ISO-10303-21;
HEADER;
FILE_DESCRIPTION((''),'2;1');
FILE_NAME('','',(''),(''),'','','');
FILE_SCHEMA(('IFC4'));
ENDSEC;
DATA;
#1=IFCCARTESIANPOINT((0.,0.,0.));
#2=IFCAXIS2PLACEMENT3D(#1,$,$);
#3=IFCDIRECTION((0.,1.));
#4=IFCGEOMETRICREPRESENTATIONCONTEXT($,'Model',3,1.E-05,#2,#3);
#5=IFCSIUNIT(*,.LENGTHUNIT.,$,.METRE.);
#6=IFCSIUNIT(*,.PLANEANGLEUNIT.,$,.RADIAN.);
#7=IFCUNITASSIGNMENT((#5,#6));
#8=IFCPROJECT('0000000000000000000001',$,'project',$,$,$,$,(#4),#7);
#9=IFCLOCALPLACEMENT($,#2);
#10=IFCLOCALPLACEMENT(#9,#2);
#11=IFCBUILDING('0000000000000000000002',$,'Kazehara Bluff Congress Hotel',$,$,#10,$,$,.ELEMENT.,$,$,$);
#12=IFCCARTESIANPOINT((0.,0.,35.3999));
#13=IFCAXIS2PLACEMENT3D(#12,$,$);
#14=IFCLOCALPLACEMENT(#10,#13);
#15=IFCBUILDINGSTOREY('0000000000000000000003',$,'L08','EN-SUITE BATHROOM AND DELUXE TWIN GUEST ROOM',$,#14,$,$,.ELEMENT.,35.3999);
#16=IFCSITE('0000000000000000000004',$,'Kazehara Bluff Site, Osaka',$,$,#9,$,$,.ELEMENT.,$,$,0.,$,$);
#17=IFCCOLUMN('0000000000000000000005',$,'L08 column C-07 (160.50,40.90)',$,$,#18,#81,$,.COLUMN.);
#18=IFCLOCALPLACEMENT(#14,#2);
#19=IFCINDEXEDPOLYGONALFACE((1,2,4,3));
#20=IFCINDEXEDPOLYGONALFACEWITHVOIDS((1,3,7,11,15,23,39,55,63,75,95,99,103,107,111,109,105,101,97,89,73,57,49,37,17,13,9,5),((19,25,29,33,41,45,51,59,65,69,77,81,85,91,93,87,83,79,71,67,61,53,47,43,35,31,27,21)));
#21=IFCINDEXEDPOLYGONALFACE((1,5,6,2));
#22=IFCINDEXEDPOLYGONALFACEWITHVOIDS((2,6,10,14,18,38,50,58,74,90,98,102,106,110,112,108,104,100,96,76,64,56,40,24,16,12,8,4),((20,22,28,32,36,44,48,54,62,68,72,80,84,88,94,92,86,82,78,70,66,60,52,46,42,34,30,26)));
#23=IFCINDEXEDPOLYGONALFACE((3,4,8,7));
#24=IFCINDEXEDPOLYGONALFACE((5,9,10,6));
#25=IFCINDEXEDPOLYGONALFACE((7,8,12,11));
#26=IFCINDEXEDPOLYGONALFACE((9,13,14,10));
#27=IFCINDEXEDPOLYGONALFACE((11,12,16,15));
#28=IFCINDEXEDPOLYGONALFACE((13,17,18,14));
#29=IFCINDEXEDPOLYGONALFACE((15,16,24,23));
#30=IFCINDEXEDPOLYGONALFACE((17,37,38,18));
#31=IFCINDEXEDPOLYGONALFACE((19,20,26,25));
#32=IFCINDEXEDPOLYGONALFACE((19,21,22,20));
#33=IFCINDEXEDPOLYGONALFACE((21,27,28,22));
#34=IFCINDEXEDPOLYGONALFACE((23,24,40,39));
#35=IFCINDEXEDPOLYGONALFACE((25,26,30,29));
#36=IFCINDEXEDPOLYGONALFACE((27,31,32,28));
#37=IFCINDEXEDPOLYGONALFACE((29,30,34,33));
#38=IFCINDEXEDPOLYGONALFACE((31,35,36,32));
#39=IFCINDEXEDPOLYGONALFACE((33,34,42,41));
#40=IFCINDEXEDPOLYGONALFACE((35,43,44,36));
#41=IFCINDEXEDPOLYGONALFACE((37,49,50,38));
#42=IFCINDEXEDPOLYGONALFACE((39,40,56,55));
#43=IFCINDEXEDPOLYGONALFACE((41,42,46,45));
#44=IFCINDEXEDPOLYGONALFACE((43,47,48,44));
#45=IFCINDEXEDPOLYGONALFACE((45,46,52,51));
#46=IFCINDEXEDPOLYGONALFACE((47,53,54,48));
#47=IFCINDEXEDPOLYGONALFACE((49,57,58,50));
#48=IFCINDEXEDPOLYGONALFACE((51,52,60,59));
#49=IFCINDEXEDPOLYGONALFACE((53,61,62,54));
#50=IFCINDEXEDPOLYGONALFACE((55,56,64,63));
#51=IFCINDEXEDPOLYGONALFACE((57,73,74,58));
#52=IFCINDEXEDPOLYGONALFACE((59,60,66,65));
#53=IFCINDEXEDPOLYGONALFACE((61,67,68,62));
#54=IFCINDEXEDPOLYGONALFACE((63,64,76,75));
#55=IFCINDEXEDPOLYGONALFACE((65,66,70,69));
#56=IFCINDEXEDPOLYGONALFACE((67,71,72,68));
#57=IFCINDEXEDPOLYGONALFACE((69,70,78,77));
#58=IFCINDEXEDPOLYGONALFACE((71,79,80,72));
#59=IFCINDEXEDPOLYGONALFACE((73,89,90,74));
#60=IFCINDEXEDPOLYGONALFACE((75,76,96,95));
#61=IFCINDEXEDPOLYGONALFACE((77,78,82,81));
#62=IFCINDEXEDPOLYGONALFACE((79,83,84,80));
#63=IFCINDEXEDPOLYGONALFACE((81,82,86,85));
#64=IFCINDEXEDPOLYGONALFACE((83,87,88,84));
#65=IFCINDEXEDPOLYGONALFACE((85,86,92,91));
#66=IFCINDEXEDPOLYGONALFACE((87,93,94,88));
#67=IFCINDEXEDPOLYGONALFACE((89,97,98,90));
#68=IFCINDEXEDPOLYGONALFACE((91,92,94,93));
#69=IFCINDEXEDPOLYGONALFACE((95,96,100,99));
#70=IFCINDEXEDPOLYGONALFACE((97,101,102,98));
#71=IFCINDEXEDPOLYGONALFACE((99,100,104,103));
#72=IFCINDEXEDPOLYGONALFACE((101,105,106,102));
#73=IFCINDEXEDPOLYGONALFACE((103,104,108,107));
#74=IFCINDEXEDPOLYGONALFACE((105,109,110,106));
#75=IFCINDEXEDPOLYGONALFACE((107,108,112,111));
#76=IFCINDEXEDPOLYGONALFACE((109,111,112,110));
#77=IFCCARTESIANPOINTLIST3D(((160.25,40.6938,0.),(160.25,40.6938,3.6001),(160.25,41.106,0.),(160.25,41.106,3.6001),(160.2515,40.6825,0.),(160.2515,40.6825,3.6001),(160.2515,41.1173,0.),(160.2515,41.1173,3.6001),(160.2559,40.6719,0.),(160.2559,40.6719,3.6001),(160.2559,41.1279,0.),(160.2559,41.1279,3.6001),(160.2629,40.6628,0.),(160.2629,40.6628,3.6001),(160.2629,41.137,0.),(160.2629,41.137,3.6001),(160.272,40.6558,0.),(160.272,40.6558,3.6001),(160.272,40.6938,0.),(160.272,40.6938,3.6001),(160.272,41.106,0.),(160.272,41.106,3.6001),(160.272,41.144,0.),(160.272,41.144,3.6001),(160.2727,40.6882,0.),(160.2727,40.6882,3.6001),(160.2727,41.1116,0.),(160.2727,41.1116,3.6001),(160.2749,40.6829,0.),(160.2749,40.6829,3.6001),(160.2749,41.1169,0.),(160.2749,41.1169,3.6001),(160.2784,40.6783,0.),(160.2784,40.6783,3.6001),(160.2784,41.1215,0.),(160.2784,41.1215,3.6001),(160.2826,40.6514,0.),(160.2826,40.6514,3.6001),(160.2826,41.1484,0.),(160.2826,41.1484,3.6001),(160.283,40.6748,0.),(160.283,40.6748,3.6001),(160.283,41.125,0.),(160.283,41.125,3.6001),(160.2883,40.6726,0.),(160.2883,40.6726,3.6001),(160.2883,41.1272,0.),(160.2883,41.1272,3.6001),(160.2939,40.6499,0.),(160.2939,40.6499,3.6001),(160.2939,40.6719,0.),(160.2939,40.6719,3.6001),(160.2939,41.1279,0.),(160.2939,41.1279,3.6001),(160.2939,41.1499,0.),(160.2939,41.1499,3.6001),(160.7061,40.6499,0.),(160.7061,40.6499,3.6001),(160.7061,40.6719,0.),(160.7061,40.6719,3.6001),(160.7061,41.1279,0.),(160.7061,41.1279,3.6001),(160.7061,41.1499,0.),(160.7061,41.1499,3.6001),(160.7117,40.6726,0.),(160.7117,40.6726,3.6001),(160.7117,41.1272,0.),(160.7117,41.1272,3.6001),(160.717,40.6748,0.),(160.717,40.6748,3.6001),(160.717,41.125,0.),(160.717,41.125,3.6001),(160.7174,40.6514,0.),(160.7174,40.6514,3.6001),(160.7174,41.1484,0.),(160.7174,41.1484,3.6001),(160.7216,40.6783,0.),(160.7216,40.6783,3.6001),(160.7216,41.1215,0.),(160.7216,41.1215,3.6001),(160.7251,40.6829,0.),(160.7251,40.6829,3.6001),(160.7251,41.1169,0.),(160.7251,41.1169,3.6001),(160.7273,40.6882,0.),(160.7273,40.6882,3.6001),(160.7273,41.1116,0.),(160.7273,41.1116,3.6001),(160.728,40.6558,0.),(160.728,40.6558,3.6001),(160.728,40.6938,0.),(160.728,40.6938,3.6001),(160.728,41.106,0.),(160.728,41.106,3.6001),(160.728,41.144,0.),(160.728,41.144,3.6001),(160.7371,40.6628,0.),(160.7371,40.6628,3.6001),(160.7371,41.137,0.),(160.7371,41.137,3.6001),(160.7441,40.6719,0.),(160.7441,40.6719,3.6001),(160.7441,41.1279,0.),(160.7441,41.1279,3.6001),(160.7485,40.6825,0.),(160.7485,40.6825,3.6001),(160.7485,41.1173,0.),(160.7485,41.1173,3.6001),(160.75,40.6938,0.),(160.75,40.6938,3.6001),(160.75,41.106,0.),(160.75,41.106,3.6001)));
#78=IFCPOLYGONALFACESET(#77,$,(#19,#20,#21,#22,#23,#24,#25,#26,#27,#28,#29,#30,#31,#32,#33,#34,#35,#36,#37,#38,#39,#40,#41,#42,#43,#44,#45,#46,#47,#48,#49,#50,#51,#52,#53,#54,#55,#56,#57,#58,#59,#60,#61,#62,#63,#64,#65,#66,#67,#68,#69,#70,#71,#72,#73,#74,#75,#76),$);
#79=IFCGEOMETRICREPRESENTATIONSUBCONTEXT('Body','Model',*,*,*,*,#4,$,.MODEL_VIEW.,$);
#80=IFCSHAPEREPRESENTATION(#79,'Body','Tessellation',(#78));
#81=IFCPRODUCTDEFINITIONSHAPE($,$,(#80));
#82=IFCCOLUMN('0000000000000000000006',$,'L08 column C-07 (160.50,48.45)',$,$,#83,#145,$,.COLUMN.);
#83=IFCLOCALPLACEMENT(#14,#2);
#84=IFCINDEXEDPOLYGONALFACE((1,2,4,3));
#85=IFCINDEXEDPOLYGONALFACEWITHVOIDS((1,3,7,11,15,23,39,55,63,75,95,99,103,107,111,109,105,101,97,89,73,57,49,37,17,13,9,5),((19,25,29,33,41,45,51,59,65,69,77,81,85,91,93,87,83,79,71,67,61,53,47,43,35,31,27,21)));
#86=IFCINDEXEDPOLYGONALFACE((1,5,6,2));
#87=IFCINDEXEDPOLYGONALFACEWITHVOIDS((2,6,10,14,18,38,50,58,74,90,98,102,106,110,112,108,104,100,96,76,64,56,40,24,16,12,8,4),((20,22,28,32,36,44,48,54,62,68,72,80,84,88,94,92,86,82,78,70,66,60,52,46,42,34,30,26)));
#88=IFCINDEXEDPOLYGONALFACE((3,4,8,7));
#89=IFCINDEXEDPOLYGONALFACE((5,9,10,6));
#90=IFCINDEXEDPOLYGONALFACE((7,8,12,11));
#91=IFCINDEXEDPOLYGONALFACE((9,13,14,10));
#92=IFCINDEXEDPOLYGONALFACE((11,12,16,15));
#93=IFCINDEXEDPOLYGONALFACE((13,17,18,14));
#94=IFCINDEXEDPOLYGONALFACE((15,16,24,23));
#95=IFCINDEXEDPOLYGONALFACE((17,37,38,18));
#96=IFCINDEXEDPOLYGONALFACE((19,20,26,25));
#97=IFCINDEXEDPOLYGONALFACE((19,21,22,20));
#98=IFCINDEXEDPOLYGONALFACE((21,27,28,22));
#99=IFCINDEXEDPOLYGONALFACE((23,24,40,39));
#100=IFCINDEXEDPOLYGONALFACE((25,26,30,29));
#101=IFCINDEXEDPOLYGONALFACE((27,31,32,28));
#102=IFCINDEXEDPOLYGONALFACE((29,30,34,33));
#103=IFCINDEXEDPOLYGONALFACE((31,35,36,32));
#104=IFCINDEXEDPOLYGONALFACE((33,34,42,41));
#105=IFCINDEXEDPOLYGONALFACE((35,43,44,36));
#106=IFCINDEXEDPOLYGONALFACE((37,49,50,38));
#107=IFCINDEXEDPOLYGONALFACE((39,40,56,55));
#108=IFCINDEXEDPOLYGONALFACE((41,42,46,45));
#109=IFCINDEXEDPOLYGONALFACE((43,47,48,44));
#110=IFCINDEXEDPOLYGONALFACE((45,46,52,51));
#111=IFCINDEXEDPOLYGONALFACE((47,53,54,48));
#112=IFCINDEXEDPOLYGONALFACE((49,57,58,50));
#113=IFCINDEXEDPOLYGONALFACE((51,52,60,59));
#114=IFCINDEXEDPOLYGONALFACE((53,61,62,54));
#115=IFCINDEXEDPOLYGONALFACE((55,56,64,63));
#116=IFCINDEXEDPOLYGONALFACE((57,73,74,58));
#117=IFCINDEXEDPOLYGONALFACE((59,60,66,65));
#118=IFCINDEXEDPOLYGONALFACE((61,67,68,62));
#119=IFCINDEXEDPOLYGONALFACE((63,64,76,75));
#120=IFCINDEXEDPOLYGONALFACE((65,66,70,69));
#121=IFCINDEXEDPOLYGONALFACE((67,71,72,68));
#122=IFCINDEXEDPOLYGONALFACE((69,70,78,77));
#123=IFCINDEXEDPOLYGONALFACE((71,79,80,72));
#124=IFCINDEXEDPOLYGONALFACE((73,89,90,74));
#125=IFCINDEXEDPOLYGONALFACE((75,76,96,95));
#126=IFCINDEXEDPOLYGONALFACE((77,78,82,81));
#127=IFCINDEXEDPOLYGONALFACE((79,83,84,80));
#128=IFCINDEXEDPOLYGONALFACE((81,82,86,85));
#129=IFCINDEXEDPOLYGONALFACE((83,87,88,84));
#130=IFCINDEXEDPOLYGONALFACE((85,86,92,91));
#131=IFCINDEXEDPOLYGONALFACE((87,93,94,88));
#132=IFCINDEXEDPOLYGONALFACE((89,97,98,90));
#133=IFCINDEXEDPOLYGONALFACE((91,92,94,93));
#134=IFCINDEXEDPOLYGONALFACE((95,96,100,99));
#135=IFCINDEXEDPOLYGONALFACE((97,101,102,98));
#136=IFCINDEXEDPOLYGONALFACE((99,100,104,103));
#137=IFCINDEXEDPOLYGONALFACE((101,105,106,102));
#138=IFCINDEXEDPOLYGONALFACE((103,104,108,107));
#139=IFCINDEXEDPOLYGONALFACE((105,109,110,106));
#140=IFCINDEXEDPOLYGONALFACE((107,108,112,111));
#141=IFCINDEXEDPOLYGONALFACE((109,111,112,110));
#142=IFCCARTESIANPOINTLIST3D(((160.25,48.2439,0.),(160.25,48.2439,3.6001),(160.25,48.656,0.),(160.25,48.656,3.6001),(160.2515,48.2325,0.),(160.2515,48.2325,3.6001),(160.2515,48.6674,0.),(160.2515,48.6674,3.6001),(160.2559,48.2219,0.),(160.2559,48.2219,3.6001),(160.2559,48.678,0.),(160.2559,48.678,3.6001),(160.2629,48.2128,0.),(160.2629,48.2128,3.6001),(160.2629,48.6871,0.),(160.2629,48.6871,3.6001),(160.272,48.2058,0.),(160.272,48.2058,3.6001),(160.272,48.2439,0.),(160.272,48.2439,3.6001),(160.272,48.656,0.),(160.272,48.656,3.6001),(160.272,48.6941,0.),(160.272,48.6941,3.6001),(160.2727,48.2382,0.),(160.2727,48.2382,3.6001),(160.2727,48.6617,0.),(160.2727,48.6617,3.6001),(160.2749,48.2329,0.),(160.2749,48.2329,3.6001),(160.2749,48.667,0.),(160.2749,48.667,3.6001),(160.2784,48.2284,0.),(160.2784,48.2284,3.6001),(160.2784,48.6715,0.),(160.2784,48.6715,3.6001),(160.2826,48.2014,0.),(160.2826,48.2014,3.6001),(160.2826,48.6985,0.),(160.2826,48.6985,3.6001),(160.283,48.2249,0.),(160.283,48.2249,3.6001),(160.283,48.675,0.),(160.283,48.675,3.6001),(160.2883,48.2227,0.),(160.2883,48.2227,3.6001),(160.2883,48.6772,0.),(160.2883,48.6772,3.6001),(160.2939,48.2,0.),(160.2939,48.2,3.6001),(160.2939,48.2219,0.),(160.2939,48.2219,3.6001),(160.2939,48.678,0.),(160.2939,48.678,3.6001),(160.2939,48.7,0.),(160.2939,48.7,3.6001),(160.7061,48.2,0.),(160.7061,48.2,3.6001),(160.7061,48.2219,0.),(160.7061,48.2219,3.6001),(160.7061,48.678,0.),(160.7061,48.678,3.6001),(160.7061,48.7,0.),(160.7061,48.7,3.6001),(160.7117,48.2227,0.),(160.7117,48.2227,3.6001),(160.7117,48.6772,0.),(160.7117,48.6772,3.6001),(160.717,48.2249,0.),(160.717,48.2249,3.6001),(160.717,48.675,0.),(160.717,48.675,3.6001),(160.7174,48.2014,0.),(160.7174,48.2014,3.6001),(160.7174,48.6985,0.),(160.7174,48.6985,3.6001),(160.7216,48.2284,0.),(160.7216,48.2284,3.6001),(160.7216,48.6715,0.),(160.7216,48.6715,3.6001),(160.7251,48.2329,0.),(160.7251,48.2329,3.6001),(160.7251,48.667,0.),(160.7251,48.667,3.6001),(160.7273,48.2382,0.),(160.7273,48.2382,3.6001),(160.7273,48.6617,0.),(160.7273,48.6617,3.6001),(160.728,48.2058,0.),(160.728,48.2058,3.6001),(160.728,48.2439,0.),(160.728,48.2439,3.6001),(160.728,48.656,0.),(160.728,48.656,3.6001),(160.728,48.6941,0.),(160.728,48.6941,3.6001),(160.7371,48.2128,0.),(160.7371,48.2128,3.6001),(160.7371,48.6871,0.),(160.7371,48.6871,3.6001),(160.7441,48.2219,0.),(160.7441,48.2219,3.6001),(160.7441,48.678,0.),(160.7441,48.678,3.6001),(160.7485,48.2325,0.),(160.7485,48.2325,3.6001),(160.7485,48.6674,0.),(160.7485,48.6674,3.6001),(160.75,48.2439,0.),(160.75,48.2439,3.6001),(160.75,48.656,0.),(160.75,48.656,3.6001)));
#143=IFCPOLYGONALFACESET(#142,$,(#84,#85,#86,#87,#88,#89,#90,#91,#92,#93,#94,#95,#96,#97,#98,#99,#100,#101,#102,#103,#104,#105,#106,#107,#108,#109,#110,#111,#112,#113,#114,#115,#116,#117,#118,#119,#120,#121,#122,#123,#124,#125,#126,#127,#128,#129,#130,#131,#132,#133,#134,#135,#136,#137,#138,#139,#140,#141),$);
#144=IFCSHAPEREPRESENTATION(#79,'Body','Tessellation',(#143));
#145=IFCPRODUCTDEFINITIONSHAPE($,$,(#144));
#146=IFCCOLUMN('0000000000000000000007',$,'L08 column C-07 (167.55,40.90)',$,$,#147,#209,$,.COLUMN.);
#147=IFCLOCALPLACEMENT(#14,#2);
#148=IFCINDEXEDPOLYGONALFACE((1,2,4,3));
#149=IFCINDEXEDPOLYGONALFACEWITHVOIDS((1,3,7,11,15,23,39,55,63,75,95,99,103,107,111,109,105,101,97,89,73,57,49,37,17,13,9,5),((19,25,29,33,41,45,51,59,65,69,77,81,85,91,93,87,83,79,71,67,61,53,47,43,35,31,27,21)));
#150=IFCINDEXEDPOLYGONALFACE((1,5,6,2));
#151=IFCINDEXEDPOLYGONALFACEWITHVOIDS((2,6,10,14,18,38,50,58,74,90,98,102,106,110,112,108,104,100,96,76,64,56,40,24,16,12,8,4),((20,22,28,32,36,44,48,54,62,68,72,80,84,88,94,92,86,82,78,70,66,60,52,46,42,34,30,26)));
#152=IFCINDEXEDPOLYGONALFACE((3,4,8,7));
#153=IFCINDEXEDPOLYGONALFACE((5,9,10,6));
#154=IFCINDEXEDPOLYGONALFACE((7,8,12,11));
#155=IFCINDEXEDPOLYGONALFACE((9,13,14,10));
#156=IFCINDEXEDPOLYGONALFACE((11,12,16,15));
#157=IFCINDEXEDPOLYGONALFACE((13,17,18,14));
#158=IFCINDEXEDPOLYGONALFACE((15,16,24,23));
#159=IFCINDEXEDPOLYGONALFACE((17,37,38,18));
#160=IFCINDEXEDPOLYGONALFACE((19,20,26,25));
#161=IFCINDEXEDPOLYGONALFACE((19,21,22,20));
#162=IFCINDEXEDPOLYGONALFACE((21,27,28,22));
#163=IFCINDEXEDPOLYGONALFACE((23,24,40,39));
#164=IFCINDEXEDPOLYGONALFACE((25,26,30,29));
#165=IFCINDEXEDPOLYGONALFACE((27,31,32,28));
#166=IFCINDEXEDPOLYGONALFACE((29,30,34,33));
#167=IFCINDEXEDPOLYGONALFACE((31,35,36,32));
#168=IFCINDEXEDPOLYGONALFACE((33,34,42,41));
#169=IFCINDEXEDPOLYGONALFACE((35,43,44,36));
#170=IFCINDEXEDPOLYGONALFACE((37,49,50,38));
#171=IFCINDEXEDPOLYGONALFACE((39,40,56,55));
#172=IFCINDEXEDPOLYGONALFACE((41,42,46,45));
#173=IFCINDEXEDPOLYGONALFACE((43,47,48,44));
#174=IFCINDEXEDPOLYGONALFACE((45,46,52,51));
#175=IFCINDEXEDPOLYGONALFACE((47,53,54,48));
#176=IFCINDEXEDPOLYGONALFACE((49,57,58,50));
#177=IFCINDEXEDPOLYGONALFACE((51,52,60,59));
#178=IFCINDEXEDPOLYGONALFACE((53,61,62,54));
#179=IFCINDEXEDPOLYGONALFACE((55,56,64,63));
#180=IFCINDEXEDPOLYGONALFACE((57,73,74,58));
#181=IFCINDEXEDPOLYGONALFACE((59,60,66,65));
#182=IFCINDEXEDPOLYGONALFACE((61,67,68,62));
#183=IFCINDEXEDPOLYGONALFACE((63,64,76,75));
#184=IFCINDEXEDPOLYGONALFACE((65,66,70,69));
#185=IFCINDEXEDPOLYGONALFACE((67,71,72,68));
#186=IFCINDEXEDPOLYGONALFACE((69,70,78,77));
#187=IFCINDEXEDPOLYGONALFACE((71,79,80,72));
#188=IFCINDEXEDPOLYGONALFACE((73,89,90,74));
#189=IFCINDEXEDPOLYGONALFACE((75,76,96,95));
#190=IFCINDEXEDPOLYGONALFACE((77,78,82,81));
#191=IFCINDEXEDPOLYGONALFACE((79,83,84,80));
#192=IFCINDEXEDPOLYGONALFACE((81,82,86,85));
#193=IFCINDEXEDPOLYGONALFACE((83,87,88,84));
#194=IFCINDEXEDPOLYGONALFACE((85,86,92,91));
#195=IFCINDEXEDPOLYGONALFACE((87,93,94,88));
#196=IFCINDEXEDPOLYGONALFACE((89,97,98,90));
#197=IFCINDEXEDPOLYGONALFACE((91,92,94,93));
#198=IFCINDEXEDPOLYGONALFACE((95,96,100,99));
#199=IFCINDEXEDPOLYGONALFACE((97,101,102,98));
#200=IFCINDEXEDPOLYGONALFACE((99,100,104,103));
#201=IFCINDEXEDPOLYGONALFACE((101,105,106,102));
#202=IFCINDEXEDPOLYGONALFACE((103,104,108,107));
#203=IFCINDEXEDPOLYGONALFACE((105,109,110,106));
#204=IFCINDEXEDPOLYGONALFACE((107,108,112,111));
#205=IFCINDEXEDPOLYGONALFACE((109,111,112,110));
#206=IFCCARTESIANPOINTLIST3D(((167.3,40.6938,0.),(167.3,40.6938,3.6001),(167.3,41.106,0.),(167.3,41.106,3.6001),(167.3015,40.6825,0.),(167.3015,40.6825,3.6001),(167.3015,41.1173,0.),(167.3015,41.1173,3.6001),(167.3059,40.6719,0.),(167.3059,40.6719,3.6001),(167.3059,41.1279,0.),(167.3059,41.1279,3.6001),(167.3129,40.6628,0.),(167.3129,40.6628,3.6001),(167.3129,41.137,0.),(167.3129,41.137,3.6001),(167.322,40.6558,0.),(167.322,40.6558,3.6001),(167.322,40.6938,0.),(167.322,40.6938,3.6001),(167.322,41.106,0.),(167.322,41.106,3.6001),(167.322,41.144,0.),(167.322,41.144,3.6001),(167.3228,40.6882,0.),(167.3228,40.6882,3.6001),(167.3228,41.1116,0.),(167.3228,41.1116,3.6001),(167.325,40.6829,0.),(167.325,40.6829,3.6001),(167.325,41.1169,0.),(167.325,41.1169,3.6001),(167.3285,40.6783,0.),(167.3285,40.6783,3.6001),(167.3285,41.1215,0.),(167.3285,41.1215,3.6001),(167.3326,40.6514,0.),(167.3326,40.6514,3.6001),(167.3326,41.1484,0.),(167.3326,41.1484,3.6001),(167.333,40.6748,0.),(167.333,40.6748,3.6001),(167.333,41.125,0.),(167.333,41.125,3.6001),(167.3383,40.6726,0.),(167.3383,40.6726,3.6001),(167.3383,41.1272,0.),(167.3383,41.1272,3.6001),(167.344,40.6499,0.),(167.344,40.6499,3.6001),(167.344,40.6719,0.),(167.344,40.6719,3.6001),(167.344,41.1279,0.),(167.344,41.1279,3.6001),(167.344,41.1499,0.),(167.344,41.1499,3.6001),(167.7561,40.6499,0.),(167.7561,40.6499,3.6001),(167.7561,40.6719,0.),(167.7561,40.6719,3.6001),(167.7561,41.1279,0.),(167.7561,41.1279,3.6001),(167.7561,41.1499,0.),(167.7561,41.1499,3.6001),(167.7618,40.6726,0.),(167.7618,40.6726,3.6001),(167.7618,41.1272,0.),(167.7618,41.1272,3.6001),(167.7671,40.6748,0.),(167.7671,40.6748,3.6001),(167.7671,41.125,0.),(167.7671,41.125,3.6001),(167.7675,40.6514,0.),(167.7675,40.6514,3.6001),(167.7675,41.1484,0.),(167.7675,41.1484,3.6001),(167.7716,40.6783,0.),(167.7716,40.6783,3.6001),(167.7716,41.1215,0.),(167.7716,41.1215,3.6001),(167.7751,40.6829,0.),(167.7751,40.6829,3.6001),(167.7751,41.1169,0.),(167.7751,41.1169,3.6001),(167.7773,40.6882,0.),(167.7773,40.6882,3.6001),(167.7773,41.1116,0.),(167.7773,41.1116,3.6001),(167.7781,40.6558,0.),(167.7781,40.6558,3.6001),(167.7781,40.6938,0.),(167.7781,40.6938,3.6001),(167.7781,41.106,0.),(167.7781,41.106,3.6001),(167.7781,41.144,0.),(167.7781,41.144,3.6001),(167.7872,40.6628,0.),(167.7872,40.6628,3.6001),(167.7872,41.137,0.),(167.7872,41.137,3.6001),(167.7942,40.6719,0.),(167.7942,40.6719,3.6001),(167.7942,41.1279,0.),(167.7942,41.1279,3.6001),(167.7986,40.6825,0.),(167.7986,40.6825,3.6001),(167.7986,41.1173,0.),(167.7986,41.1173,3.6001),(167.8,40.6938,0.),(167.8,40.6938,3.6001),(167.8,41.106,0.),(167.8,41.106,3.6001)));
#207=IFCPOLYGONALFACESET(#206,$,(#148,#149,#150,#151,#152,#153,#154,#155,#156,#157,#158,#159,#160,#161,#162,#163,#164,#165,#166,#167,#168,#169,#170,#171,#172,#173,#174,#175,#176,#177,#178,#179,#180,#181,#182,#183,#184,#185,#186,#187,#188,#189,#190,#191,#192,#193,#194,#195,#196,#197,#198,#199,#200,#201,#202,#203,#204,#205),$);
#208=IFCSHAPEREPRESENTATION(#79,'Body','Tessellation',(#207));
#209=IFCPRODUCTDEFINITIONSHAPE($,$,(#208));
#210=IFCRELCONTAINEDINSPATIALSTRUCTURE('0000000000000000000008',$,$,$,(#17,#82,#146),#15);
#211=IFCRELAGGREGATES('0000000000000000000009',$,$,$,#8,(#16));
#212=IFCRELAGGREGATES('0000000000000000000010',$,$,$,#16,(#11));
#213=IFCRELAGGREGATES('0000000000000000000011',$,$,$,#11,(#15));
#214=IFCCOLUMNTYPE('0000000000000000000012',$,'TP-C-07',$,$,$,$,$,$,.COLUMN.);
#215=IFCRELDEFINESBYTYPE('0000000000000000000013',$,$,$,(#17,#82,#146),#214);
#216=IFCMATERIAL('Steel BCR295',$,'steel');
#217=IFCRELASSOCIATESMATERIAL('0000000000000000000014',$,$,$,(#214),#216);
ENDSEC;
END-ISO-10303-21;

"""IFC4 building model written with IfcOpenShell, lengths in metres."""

from ifc_helpers import new_model, si_unit, direction, frame, origin, origin_2d, place, context, subcontext, project, spatial, hollow_rectangle, extrude, material, material_profile, profile_set, type_object, element, save


model = new_model("IFC4")

# Units and contexts
model_context = context("Model", 3, precision=1e-05, world=origin(), true_north=direction((0.0, 1.0)))
body_context = subcontext(model_context, "Body", "Model", "MODEL_VIEW")
ifc_project = project(units=[si_unit("LENGTHUNIT", "METRE"), si_unit("PLANEANGLEUNIT", "RADIAN")], contexts=[model_context])

# Site, building, storey
site_placement = place(None, origin())
site = spatial("IfcSite", under=ifc_project, at=site_placement, Name="Kazehara Bluff Site, Osaka", CompositionType="ELEMENT", RefElevation=0.0)
building_placement = place(site_placement, origin())
building = spatial("IfcBuilding", under=site, at=building_placement, Name="Kazehara Bluff Congress Hotel", CompositionType="ELEMENT")
storey_placement = place(building_placement, frame((0.0, 0.0, 35.3999)))
storey = spatial("IfcBuildingStorey", under=building, at=storey_placement, Name="L08", Description="EN-SUITE BATHROOM AND DELUXE TWIN GUEST ROOM", CompositionType="ELEMENT", Elevation=35.3999)

# Columns
ifc_material_1 = material(Name="Steel BCR295", Category="steel")
ifc_material_profile_1 = material_profile(ifc_material_1, hollow_rectangle(XDim=0.5, YDim=0.5, WallThickness=0.022, InnerFilletRadius=0.022, OuterFilletRadius=0.0439, at=origin_2d()))
ifc_profile_set_1 = profile_set([ifc_material_profile_1], Name="Steel BCR295")
column_type = type_object("IfcColumnType", Name="TP-C-07", PredefinedType="COLUMN", material=ifc_profile_set_1)
for number, where, z_axis, x_axis, name in (
    (1, (160.5, 40.8999, 0.0), (0.0, 0.0, 1.0), (1.0, 0.0, 0.0), "L08 column C-07 (160.50,40.90)"),
    (2, (160.5, 48.45, 0.0), (0.0, 0.0, 1.0), (1.0, 0.0, 0.0), "L08 column C-07 (160.50,48.45)"),
    (3, (167.55, 40.8999, 0.0), (0.0, 0.0, 1.0), (1.0, 0.0, 0.0), "L08 column C-07 (167.55,40.90)"),
):
    element("IfcColumn", number, at=place(storey_placement, frame(where, z_axis=z_axis, x_axis=x_axis)), inside=storey, type_object=column_type, Name=name, PredefinedType="COLUMN", context=body_context, shape_type="SweptSolid", body=[
        extrude(hollow_rectangle(XDim=0.5, YDim=0.5, WallThickness=0.022, InnerFilletRadius=0.022, OuterFilletRadius=0.0439, at=origin_2d()), origin(), (0.0, 0.0, 1.0), 3.6001),
    ])

save(model, "model.ifc")
